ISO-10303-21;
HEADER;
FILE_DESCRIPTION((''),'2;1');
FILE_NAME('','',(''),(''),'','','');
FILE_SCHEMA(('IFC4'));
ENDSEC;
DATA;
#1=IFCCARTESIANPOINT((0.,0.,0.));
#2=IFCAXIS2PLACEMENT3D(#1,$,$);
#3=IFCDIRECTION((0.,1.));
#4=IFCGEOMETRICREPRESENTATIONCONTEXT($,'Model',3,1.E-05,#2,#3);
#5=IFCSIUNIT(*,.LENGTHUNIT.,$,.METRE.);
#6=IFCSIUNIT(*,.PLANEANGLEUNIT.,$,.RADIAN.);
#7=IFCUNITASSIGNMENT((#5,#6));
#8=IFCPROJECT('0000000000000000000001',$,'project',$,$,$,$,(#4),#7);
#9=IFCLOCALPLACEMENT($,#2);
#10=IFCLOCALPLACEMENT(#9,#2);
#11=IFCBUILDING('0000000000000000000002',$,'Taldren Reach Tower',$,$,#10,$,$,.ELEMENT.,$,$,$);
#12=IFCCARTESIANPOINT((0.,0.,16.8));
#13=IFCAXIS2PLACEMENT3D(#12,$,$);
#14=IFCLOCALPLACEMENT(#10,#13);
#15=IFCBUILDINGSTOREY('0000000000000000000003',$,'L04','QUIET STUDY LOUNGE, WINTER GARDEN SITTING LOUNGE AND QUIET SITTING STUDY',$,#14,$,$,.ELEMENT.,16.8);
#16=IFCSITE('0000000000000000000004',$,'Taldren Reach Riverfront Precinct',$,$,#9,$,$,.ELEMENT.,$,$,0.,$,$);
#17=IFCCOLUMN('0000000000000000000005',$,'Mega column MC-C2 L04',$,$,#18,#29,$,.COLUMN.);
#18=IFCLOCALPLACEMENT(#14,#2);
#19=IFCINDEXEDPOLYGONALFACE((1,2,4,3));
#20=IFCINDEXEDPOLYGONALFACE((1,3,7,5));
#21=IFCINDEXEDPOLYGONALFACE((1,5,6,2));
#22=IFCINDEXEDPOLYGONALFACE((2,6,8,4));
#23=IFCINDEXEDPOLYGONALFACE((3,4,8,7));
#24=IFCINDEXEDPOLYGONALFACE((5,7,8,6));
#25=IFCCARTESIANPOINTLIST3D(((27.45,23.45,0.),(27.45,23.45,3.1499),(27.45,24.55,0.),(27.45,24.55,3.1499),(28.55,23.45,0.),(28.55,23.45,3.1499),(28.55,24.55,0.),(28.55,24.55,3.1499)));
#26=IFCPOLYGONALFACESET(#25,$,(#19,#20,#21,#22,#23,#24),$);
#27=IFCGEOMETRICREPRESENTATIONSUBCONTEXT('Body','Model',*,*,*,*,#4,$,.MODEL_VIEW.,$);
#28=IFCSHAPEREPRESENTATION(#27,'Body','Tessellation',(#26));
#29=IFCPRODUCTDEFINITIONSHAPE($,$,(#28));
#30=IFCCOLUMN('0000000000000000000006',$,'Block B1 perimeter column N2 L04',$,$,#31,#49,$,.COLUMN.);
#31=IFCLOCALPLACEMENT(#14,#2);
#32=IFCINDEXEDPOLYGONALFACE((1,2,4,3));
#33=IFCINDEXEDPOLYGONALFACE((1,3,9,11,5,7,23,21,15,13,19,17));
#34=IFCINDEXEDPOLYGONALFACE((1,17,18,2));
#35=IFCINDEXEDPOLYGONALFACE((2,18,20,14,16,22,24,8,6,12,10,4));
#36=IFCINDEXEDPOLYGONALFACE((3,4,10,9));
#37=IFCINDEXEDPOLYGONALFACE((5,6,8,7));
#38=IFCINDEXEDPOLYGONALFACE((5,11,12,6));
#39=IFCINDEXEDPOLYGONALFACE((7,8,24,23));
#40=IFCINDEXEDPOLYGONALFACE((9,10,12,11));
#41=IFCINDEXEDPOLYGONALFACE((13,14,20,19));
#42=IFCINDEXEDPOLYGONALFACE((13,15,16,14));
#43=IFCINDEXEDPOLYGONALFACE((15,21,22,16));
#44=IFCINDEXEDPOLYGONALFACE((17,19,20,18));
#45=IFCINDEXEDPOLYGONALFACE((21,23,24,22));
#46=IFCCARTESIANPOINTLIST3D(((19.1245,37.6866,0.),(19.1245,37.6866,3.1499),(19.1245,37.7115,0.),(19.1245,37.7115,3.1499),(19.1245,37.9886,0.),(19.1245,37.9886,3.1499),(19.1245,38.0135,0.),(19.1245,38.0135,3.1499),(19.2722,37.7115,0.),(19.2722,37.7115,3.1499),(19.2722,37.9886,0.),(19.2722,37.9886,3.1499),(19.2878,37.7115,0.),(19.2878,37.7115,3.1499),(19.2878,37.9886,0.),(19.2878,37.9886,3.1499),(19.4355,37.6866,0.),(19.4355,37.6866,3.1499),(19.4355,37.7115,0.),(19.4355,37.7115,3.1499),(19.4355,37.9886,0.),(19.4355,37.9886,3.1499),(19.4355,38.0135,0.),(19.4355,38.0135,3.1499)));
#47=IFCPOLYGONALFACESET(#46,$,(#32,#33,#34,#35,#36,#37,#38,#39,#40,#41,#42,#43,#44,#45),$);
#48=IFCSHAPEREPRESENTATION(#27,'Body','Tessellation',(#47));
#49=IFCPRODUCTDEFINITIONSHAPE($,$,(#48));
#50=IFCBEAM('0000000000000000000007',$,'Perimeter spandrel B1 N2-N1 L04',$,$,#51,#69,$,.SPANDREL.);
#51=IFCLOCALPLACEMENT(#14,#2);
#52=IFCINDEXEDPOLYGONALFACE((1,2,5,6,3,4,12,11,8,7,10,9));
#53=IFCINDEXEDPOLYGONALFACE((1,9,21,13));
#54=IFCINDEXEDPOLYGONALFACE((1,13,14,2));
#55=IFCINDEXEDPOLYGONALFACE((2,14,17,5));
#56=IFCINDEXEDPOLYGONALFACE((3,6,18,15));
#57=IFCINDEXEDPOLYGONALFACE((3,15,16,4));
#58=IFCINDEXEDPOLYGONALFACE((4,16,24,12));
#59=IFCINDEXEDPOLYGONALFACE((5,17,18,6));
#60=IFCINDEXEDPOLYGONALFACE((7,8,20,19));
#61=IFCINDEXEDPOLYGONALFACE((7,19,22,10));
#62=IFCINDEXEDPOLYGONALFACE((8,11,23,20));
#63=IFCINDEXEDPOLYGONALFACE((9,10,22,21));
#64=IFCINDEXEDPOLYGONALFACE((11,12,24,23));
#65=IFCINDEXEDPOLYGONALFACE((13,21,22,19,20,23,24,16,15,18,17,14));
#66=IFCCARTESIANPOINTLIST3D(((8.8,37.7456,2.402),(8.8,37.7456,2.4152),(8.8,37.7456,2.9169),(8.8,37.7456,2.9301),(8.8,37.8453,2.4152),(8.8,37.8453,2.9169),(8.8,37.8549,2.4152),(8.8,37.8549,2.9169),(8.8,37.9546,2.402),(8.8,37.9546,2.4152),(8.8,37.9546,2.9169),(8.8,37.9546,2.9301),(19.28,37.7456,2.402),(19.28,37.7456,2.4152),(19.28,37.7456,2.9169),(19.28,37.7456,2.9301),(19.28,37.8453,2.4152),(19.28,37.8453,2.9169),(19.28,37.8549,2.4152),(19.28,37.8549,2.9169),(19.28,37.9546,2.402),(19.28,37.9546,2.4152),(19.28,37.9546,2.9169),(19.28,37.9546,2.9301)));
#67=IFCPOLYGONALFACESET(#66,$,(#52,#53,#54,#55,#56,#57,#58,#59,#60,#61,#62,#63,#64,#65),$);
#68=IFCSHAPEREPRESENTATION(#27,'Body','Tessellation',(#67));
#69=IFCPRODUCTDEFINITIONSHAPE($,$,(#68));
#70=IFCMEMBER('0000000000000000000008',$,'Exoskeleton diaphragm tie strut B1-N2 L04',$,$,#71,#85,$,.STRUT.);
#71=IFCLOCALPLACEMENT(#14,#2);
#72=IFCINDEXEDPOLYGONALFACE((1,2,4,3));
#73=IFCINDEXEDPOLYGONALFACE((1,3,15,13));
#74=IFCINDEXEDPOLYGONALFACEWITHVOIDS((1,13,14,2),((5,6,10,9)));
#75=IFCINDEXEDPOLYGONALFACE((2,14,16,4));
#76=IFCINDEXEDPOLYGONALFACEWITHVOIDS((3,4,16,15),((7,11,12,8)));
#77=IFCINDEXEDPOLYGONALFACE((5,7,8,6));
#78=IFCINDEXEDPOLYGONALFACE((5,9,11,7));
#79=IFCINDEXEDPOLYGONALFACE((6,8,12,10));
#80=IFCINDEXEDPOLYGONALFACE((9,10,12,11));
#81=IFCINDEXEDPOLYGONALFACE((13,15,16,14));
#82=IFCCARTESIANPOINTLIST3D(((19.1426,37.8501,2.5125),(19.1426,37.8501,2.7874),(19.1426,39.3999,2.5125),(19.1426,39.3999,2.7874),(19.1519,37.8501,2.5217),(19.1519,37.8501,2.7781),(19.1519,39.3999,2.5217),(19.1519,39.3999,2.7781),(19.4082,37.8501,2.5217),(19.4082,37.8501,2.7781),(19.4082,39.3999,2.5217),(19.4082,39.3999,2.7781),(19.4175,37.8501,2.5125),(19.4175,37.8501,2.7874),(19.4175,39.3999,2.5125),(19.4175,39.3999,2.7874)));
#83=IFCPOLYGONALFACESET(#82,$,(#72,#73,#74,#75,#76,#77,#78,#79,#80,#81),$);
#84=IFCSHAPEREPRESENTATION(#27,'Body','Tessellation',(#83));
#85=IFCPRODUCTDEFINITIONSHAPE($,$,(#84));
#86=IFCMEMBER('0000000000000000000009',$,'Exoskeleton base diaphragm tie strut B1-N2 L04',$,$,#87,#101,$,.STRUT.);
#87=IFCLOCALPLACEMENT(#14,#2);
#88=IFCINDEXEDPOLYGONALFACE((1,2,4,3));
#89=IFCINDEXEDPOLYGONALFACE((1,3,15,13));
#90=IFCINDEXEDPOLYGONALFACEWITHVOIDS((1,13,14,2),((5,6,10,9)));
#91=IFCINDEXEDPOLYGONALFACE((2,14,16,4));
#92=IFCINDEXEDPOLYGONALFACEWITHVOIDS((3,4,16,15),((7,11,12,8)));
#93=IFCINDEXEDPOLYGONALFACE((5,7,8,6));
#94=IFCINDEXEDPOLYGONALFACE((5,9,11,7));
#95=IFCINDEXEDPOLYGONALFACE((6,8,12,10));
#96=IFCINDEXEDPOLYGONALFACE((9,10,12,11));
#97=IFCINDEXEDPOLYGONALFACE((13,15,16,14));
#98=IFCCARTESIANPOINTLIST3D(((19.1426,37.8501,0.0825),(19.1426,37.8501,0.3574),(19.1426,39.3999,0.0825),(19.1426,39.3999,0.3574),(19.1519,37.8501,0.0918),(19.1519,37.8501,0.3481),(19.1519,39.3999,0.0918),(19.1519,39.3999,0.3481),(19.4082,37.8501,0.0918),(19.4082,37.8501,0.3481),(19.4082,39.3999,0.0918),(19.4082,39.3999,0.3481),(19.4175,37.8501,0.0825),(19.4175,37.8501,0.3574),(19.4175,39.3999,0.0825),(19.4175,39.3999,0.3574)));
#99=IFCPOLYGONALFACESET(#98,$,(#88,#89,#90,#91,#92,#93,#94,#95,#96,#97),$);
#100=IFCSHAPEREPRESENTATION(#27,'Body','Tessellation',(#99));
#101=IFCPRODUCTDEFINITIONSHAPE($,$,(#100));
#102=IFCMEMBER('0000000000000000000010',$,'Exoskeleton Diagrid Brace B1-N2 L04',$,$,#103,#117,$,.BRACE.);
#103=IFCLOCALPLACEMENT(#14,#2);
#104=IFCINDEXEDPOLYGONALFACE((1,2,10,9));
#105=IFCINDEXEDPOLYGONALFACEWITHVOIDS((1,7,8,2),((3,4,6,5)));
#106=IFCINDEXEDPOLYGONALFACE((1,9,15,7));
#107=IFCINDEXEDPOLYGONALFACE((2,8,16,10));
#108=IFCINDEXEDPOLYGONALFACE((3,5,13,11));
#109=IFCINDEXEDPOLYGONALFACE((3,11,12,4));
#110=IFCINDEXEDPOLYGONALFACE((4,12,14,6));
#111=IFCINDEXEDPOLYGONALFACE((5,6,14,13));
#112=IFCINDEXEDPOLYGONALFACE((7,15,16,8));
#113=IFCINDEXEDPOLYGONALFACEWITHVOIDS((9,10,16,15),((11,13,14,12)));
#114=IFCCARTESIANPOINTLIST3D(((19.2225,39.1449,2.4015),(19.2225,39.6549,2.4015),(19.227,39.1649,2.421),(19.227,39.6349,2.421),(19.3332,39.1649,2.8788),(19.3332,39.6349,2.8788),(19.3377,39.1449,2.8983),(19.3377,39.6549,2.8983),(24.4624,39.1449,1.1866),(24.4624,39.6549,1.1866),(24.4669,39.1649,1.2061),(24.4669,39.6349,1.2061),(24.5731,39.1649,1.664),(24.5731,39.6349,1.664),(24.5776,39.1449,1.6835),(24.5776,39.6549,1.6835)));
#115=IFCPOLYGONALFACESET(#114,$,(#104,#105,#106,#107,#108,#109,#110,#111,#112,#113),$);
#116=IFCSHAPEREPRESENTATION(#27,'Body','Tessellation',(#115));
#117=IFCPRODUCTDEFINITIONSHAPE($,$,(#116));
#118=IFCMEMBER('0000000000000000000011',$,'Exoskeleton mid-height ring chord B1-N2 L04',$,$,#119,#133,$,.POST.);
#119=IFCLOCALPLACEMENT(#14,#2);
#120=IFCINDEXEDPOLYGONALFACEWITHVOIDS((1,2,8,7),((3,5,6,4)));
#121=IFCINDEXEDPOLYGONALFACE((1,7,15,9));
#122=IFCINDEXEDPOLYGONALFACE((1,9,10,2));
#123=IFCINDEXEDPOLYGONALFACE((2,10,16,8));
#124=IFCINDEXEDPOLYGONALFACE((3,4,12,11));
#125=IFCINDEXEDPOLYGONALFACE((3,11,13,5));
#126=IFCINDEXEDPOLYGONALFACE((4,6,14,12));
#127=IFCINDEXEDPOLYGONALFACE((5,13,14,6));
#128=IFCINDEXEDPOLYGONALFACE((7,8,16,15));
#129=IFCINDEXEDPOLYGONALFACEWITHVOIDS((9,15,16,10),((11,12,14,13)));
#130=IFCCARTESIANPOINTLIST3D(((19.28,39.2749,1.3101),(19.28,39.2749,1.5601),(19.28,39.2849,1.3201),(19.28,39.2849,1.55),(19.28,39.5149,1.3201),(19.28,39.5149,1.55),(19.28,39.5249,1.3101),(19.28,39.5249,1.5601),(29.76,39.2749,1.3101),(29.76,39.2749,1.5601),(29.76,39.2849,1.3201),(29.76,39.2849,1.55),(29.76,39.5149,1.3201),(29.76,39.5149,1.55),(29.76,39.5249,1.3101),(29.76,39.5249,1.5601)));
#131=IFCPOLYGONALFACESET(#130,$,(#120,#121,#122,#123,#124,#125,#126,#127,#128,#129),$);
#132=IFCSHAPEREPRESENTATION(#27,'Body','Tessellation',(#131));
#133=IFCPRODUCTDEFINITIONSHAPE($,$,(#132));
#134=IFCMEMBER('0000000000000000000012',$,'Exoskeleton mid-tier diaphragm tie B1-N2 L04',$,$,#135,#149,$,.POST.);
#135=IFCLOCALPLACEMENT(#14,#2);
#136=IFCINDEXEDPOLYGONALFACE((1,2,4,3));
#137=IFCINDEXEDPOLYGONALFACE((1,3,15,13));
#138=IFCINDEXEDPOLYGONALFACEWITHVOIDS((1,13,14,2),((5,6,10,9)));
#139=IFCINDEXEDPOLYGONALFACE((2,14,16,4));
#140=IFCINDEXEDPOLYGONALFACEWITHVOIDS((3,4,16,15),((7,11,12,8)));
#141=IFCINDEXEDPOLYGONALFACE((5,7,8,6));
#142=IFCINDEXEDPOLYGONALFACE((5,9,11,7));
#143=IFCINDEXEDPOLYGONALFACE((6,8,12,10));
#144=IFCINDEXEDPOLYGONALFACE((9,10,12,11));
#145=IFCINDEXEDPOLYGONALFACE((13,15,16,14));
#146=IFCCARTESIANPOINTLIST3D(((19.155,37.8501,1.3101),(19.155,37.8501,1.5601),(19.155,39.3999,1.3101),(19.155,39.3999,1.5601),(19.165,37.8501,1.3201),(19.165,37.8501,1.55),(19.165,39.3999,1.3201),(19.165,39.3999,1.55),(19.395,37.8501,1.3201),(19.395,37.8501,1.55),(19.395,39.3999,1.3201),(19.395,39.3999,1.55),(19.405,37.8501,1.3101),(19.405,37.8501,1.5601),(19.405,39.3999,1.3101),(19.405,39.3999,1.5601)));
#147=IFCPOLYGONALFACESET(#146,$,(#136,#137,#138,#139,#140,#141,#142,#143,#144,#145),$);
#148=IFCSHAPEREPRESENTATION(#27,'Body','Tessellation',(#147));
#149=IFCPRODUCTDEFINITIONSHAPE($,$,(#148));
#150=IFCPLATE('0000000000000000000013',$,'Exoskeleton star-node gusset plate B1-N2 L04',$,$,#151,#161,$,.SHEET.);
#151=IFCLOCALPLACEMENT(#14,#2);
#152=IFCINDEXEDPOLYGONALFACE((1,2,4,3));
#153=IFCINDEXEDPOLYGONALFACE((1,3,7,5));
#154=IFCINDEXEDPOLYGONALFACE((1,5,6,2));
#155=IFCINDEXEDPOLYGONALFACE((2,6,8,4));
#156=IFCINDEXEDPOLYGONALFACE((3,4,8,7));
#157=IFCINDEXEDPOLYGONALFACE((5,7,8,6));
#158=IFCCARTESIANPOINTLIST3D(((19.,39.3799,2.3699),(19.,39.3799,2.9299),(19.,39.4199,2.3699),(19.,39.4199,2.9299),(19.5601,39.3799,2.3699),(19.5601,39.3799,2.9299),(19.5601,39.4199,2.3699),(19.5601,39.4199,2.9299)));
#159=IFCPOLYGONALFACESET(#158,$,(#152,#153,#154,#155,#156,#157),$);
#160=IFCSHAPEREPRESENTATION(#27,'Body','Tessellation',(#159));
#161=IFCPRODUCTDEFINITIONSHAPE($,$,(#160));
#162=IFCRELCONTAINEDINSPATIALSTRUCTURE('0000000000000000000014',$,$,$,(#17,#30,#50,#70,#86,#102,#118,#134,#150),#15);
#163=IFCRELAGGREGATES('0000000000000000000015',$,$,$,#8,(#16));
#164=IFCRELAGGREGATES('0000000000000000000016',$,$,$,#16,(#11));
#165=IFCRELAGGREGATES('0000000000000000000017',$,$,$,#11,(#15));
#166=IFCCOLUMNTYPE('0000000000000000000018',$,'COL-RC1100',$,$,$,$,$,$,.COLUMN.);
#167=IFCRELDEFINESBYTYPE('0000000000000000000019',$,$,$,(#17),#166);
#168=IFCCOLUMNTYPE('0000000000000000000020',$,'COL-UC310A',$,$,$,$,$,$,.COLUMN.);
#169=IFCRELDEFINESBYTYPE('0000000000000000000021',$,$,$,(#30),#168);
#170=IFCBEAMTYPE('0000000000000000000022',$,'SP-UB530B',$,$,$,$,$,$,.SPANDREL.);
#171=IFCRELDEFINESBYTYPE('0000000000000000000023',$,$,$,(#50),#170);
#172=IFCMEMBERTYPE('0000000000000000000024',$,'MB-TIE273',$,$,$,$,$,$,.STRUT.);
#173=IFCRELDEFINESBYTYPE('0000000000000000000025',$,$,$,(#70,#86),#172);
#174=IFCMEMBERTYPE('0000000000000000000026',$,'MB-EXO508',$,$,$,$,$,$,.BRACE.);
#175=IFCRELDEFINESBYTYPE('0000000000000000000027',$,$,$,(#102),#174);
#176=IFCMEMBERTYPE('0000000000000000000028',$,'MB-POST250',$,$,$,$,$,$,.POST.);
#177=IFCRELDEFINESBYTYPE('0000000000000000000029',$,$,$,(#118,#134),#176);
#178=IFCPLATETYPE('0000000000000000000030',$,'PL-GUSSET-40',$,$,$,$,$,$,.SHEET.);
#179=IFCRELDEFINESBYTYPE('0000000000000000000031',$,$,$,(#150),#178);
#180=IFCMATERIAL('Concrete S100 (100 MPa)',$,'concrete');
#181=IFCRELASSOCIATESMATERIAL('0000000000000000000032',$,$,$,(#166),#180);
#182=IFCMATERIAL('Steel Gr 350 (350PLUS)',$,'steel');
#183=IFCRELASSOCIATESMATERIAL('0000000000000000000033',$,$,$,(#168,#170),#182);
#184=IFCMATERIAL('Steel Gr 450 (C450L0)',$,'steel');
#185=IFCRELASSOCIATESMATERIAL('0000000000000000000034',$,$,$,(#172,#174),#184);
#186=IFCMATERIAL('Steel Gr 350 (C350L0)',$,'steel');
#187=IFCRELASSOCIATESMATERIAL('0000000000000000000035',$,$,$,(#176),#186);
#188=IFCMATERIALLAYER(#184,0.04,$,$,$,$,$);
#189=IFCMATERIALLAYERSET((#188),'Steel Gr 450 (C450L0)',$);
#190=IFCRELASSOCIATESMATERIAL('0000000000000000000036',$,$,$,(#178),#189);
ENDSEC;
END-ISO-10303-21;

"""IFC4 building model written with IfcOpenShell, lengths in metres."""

from ifc_helpers import new_model, si_unit, direction, frame, origin, origin_2d, place, context, subcontext, project, spatial, rectangle, hollow_rectangle, i_section, extrude, source, transform, mapped, material, layer, layer_set, material_profile, profile_set, type_object, element, save


model = new_model("IFC4")

# Units and contexts
model_context = context("Model", 3, precision=1e-05, world=origin(), true_north=direction((0.0, 1.0)))
body_context = subcontext(model_context, "Body", "Model", "MODEL_VIEW")
ifc_project = project(units=[si_unit("LENGTHUNIT", "METRE"), si_unit("PLANEANGLEUNIT", "RADIAN")], contexts=[model_context])

# Site, building, storey
site_placement = place(None, origin())
site = spatial("IfcSite", under=ifc_project, at=site_placement, Name="Taldren Reach Riverfront Precinct", CompositionType="ELEMENT", RefElevation=0.0)
building_placement = place(site_placement, origin())
building = spatial("IfcBuilding", under=site, at=building_placement, Name="Taldren Reach Tower", CompositionType="ELEMENT")
storey_placement = place(building_placement, frame((0.0, 0.0, 16.8)))
storey = spatial("IfcBuildingStorey", under=building, at=storey_placement, Name="L04", Description="QUIET STUDY LOUNGE, WINTER GARDEN SITTING LOUNGE AND QUIET SITTING STUDY", CompositionType="ELEMENT", Elevation=16.8)

# Columns
ifc_material_1 = material(Name="Concrete S100 (100 MPa)", Category="concrete")
ifc_material_profile_1 = material_profile(ifc_material_1, rectangle(XDim=1.1001, YDim=1.1001, at=origin_2d()), Name="RC-1100x1100")
ifc_profile_set_1 = profile_set([ifc_material_profile_1], Name="Concrete S100 (100 MPa)")
column_type_1 = type_object("IfcColumnType", Name="COL-RC1100", PredefinedType="COLUMN", material=ifc_profile_set_1)
shared_shape_1 = source(origin(), body_context, "Body", "SweptSolid", [
    extrude(rectangle(XDim=1.1001, YDim=1.1001, at=origin_2d()), origin(), (0.0, 0.0, 1.0), 3.1499),
])
column_1_placement = place(storey_placement, frame((28.0, 24.0, 0.0), z_axis=(0.0, 0.0, 1.0), x_axis=(1.0, 0.0, 0.0)))
element("IfcColumn", 1, at=column_1_placement, inside=storey, type_object=column_type_1, Name="Mega column MC-C2 L04", PredefinedType="COLUMN", context=body_context, shape_type="MappedRepresentation", body=[
    mapped(shared_shape_1, transform((0.0, 0.0, 0.0), scale=1.0)),
])
ifc_material_2 = material(Name="Steel Gr 350 (350PLUS)", Category="steel")
ifc_material_profile_2 = material_profile(ifc_material_2, i_section(OverallWidth=0.311, OverallDepth=0.3269, WebThickness=0.0156, FlangeThickness=0.0249, at=origin_2d()), Name="310UC158")
ifc_profile_set_2 = profile_set([ifc_material_profile_2], Name="Steel Gr 350 (350PLUS)")
column_type_2 = type_object("IfcColumnType", Name="COL-UC310A", PredefinedType="COLUMN", material=ifc_profile_set_2)
shared_shape_2 = source(origin(), body_context, "Body", "SweptSolid", [
    extrude(i_section(OverallWidth=0.311, OverallDepth=0.3269, WebThickness=0.0156, FlangeThickness=0.0249, at=origin_2d()), origin(), (0.0, 0.0, 1.0), 3.1499),
])
column_2_placement = place(storey_placement, frame((19.28, 37.8501, 0.0), z_axis=(0.0, 0.0, 1.0), x_axis=(1.0, 0.0, 0.0)))
element("IfcColumn", 2, at=column_2_placement, inside=storey, type_object=column_type_2, Name="Block B1 perimeter column N2 L04", PredefinedType="COLUMN", context=body_context, shape_type="MappedRepresentation", body=[
    mapped(shared_shape_2, transform((0.0, 0.0, 0.0), scale=1.0)),
])

# Beam
ifc_material_profile_3 = material_profile(ifc_material_2, i_section(OverallWidth=0.209, OverallDepth=0.5281, WebThickness=0.0095, FlangeThickness=0.0132, at=origin_2d()), Name="530UB82.0")
ifc_profile_set_3 = profile_set([ifc_material_profile_3], Name="Steel Gr 350 (350PLUS)")
beam_type = type_object("IfcBeamType", Name="SP-UB530B", PredefinedType="SPANDREL", material=ifc_profile_set_3)
shared_shape_3 = source(origin(), body_context, "Body", "SweptSolid", [
    extrude(i_section(OverallWidth=0.209, OverallDepth=0.5281, WebThickness=0.0095, FlangeThickness=0.0132, at=origin_2d()), origin(), (0.0, 0.0, 1.0), 10.48),
])
beam_placement = place(storey_placement, frame((19.28, 37.8501, 2.666), z_axis=(-1.0, 0.0, 0.0), x_axis=(0.0, -1.0, 0.0)))
element("IfcBeam", 3, at=beam_placement, inside=storey, type_object=beam_type, Name="Perimeter spandrel B1 N2-N1 L04", PredefinedType="SPANDREL", context=body_context, shape_type="MappedRepresentation", body=[
    mapped(shared_shape_3, transform((0.0, 0.0, 0.0), scale=1.0)),
])

# Members
ifc_material_3 = material(Name="Steel Gr 450 (C450L0)", Category="steel")
ifc_material_profile_4 = material_profile(ifc_material_3, hollow_rectangle(XDim=0.2749, YDim=0.2749, WallThickness=0.0093, at=origin_2d()), Name="275x275x9.3SHS")
ifc_profile_set_4 = profile_set([ifc_material_profile_4], Name="Steel Gr 450 (C450L0)")
member_type_1 = type_object("IfcMemberType", Name="MB-TIE273", PredefinedType="STRUT", material=ifc_profile_set_4)
shared_shape_4 = source(origin(), body_context, "Body", "SweptSolid", [
    extrude(hollow_rectangle(XDim=0.2749, YDim=0.2749, WallThickness=0.0093, at=origin_2d()), origin(), (0.0, 0.0, 1.0), 1.5498),
])
for number, where, z_axis, x_axis, name in (
    (4, (19.28, 37.8501, 2.6499), (0.0, 1.0, 0.0), (-1.0, 0.0, 0.0), "Exoskeleton diaphragm tie strut B1-N2 L04"),
    (5, (19.28, 37.8501, 0.22), (0.0, 1.0, 0.0), (-1.0, 0.0, 0.0), "Exoskeleton base diaphragm tie strut B1-N2 L04"),
):
    element("IfcMember", number, at=place(storey_placement, frame(where, z_axis=z_axis, x_axis=x_axis)), inside=storey, type_object=member_type_1, Name=name, PredefinedType="STRUT", context=body_context, shape_type="MappedRepresentation", body=[
        mapped(shared_shape_4, transform((0.0, 0.0, 0.0), scale=1.0)),
    ])
ifc_material_profile_5 = material_profile(ifc_material_3, hollow_rectangle(XDim=0.51, YDim=0.51, WallThickness=0.02, at=origin_2d()), Name="510x510x20.0SHS")
ifc_profile_set_5 = profile_set([ifc_material_profile_5], Name="Steel Gr 450 (C450L0)")
member_type_2 = type_object("IfcMemberType", Name="MB-EXO508", PredefinedType="BRACE", material=ifc_profile_set_5)
shared_shape_5 = source(origin(), body_context, "Body", "SweptSolid", [
    extrude(hollow_rectangle(XDim=0.51, YDim=0.51, WallThickness=0.02, at=origin_2d()), origin(), (0.0, 0.0, 1.0), 5.3789),
])
member_1_placement = place(storey_placement, frame((24.52, 39.3999, 1.4351), z_axis=(-0.974162, 0.0, 0.225851), x_axis=(0.0, -1.0, 0.0)))
element("IfcMember", 6, at=member_1_placement, inside=storey, type_object=member_type_2, Name="Exoskeleton Diagrid Brace B1-N2 L04", PredefinedType="BRACE", context=body_context, shape_type="MappedRepresentation", body=[
    mapped(shared_shape_5, transform((0.0, 0.0, 0.0), scale=1.0)),
])
ifc_material_4 = material(Name="Steel Gr 350 (C350L0)", Category="steel")
ifc_material_profile_6 = material_profile(ifc_material_4, hollow_rectangle(XDim=0.25, YDim=0.25, WallThickness=0.01, at=origin_2d()), Name="250x250x10.0SHS")
ifc_profile_set_6 = profile_set([ifc_material_profile_6], Name="Steel Gr 350 (C350L0)")
member_type_3 = type_object("IfcMemberType", Name="MB-POST250", PredefinedType="POST", material=ifc_profile_set_6)
shared_shape_6 = source(origin(), body_context, "Body", "SweptSolid", [
    extrude(hollow_rectangle(XDim=0.25, YDim=0.25, WallThickness=0.01, at=origin_2d()), origin(), (0.0, 0.0, 1.0), 10.48),
])
member_2_placement = place(storey_placement, frame((19.28, 39.3999, 1.4351), z_axis=(1.0, 0.0, 0.0), x_axis=(0.0, 1.0, 0.0)))
element("IfcMember", 7, at=member_2_placement, inside=storey, type_object=member_type_3, Name="Exoskeleton mid-height ring chord B1-N2 L04", PredefinedType="POST", context=body_context, shape_type="MappedRepresentation", body=[
    mapped(shared_shape_6, transform((0.0, 0.0, 0.0), scale=1.0)),
])
shared_shape_7 = source(origin(), body_context, "Body", "SweptSolid", [
    extrude(hollow_rectangle(XDim=0.25, YDim=0.25, WallThickness=0.01, at=origin_2d()), origin(), (0.0, 0.0, 1.0), 1.5498),
])
member_3_placement = place(storey_placement, frame((19.28, 37.8501, 1.4351), z_axis=(0.0, 1.0, 0.0), x_axis=(-1.0, 0.0, 0.0)))
element("IfcMember", 8, at=member_3_placement, inside=storey, type_object=member_type_3, Name="Exoskeleton mid-tier diaphragm tie B1-N2 L04", PredefinedType="POST", context=body_context, shape_type="MappedRepresentation", body=[
    mapped(shared_shape_7, transform((0.0, 0.0, 0.0), scale=1.0)),
])

# Plate
ifc_layer_1 = layer(ifc_material_3, 0.04)
ifc_layer_set_1 = layer_set([ifc_layer_1], Name="Steel Gr 450 (C450L0)")
plate_type_1 = type_object("IfcPlateType", Name="PL-GUSSET-40", PredefinedType="SHEET", material=ifc_layer_set_1)
shared_shape_8 = source(origin(), body_context, "Body", "SweptSolid", [
    extrude(rectangle(XDim=0.5601, YDim=0.04, at=origin_2d()), origin(), (0.0, 0.0, 1.0), 0.5601),
])
plate_1_placement = place(storey_placement, frame((19.28, 39.3999, 2.3699), z_axis=(0.0, 0.0, 1.0), x_axis=(1.0, 0.0, 0.0)))
element("IfcPlate", 9, at=plate_1_placement, inside=storey, type_object=plate_type_1, Name="Exoskeleton star-node gusset plate B1-N2 L04", PredefinedType="SHEET", context=body_context, shape_type="MappedRepresentation", body=[
    mapped(shared_shape_8, transform((0.0, 0.0, 0.0), scale=1.0)),
])

save(model, "model.ifc")
